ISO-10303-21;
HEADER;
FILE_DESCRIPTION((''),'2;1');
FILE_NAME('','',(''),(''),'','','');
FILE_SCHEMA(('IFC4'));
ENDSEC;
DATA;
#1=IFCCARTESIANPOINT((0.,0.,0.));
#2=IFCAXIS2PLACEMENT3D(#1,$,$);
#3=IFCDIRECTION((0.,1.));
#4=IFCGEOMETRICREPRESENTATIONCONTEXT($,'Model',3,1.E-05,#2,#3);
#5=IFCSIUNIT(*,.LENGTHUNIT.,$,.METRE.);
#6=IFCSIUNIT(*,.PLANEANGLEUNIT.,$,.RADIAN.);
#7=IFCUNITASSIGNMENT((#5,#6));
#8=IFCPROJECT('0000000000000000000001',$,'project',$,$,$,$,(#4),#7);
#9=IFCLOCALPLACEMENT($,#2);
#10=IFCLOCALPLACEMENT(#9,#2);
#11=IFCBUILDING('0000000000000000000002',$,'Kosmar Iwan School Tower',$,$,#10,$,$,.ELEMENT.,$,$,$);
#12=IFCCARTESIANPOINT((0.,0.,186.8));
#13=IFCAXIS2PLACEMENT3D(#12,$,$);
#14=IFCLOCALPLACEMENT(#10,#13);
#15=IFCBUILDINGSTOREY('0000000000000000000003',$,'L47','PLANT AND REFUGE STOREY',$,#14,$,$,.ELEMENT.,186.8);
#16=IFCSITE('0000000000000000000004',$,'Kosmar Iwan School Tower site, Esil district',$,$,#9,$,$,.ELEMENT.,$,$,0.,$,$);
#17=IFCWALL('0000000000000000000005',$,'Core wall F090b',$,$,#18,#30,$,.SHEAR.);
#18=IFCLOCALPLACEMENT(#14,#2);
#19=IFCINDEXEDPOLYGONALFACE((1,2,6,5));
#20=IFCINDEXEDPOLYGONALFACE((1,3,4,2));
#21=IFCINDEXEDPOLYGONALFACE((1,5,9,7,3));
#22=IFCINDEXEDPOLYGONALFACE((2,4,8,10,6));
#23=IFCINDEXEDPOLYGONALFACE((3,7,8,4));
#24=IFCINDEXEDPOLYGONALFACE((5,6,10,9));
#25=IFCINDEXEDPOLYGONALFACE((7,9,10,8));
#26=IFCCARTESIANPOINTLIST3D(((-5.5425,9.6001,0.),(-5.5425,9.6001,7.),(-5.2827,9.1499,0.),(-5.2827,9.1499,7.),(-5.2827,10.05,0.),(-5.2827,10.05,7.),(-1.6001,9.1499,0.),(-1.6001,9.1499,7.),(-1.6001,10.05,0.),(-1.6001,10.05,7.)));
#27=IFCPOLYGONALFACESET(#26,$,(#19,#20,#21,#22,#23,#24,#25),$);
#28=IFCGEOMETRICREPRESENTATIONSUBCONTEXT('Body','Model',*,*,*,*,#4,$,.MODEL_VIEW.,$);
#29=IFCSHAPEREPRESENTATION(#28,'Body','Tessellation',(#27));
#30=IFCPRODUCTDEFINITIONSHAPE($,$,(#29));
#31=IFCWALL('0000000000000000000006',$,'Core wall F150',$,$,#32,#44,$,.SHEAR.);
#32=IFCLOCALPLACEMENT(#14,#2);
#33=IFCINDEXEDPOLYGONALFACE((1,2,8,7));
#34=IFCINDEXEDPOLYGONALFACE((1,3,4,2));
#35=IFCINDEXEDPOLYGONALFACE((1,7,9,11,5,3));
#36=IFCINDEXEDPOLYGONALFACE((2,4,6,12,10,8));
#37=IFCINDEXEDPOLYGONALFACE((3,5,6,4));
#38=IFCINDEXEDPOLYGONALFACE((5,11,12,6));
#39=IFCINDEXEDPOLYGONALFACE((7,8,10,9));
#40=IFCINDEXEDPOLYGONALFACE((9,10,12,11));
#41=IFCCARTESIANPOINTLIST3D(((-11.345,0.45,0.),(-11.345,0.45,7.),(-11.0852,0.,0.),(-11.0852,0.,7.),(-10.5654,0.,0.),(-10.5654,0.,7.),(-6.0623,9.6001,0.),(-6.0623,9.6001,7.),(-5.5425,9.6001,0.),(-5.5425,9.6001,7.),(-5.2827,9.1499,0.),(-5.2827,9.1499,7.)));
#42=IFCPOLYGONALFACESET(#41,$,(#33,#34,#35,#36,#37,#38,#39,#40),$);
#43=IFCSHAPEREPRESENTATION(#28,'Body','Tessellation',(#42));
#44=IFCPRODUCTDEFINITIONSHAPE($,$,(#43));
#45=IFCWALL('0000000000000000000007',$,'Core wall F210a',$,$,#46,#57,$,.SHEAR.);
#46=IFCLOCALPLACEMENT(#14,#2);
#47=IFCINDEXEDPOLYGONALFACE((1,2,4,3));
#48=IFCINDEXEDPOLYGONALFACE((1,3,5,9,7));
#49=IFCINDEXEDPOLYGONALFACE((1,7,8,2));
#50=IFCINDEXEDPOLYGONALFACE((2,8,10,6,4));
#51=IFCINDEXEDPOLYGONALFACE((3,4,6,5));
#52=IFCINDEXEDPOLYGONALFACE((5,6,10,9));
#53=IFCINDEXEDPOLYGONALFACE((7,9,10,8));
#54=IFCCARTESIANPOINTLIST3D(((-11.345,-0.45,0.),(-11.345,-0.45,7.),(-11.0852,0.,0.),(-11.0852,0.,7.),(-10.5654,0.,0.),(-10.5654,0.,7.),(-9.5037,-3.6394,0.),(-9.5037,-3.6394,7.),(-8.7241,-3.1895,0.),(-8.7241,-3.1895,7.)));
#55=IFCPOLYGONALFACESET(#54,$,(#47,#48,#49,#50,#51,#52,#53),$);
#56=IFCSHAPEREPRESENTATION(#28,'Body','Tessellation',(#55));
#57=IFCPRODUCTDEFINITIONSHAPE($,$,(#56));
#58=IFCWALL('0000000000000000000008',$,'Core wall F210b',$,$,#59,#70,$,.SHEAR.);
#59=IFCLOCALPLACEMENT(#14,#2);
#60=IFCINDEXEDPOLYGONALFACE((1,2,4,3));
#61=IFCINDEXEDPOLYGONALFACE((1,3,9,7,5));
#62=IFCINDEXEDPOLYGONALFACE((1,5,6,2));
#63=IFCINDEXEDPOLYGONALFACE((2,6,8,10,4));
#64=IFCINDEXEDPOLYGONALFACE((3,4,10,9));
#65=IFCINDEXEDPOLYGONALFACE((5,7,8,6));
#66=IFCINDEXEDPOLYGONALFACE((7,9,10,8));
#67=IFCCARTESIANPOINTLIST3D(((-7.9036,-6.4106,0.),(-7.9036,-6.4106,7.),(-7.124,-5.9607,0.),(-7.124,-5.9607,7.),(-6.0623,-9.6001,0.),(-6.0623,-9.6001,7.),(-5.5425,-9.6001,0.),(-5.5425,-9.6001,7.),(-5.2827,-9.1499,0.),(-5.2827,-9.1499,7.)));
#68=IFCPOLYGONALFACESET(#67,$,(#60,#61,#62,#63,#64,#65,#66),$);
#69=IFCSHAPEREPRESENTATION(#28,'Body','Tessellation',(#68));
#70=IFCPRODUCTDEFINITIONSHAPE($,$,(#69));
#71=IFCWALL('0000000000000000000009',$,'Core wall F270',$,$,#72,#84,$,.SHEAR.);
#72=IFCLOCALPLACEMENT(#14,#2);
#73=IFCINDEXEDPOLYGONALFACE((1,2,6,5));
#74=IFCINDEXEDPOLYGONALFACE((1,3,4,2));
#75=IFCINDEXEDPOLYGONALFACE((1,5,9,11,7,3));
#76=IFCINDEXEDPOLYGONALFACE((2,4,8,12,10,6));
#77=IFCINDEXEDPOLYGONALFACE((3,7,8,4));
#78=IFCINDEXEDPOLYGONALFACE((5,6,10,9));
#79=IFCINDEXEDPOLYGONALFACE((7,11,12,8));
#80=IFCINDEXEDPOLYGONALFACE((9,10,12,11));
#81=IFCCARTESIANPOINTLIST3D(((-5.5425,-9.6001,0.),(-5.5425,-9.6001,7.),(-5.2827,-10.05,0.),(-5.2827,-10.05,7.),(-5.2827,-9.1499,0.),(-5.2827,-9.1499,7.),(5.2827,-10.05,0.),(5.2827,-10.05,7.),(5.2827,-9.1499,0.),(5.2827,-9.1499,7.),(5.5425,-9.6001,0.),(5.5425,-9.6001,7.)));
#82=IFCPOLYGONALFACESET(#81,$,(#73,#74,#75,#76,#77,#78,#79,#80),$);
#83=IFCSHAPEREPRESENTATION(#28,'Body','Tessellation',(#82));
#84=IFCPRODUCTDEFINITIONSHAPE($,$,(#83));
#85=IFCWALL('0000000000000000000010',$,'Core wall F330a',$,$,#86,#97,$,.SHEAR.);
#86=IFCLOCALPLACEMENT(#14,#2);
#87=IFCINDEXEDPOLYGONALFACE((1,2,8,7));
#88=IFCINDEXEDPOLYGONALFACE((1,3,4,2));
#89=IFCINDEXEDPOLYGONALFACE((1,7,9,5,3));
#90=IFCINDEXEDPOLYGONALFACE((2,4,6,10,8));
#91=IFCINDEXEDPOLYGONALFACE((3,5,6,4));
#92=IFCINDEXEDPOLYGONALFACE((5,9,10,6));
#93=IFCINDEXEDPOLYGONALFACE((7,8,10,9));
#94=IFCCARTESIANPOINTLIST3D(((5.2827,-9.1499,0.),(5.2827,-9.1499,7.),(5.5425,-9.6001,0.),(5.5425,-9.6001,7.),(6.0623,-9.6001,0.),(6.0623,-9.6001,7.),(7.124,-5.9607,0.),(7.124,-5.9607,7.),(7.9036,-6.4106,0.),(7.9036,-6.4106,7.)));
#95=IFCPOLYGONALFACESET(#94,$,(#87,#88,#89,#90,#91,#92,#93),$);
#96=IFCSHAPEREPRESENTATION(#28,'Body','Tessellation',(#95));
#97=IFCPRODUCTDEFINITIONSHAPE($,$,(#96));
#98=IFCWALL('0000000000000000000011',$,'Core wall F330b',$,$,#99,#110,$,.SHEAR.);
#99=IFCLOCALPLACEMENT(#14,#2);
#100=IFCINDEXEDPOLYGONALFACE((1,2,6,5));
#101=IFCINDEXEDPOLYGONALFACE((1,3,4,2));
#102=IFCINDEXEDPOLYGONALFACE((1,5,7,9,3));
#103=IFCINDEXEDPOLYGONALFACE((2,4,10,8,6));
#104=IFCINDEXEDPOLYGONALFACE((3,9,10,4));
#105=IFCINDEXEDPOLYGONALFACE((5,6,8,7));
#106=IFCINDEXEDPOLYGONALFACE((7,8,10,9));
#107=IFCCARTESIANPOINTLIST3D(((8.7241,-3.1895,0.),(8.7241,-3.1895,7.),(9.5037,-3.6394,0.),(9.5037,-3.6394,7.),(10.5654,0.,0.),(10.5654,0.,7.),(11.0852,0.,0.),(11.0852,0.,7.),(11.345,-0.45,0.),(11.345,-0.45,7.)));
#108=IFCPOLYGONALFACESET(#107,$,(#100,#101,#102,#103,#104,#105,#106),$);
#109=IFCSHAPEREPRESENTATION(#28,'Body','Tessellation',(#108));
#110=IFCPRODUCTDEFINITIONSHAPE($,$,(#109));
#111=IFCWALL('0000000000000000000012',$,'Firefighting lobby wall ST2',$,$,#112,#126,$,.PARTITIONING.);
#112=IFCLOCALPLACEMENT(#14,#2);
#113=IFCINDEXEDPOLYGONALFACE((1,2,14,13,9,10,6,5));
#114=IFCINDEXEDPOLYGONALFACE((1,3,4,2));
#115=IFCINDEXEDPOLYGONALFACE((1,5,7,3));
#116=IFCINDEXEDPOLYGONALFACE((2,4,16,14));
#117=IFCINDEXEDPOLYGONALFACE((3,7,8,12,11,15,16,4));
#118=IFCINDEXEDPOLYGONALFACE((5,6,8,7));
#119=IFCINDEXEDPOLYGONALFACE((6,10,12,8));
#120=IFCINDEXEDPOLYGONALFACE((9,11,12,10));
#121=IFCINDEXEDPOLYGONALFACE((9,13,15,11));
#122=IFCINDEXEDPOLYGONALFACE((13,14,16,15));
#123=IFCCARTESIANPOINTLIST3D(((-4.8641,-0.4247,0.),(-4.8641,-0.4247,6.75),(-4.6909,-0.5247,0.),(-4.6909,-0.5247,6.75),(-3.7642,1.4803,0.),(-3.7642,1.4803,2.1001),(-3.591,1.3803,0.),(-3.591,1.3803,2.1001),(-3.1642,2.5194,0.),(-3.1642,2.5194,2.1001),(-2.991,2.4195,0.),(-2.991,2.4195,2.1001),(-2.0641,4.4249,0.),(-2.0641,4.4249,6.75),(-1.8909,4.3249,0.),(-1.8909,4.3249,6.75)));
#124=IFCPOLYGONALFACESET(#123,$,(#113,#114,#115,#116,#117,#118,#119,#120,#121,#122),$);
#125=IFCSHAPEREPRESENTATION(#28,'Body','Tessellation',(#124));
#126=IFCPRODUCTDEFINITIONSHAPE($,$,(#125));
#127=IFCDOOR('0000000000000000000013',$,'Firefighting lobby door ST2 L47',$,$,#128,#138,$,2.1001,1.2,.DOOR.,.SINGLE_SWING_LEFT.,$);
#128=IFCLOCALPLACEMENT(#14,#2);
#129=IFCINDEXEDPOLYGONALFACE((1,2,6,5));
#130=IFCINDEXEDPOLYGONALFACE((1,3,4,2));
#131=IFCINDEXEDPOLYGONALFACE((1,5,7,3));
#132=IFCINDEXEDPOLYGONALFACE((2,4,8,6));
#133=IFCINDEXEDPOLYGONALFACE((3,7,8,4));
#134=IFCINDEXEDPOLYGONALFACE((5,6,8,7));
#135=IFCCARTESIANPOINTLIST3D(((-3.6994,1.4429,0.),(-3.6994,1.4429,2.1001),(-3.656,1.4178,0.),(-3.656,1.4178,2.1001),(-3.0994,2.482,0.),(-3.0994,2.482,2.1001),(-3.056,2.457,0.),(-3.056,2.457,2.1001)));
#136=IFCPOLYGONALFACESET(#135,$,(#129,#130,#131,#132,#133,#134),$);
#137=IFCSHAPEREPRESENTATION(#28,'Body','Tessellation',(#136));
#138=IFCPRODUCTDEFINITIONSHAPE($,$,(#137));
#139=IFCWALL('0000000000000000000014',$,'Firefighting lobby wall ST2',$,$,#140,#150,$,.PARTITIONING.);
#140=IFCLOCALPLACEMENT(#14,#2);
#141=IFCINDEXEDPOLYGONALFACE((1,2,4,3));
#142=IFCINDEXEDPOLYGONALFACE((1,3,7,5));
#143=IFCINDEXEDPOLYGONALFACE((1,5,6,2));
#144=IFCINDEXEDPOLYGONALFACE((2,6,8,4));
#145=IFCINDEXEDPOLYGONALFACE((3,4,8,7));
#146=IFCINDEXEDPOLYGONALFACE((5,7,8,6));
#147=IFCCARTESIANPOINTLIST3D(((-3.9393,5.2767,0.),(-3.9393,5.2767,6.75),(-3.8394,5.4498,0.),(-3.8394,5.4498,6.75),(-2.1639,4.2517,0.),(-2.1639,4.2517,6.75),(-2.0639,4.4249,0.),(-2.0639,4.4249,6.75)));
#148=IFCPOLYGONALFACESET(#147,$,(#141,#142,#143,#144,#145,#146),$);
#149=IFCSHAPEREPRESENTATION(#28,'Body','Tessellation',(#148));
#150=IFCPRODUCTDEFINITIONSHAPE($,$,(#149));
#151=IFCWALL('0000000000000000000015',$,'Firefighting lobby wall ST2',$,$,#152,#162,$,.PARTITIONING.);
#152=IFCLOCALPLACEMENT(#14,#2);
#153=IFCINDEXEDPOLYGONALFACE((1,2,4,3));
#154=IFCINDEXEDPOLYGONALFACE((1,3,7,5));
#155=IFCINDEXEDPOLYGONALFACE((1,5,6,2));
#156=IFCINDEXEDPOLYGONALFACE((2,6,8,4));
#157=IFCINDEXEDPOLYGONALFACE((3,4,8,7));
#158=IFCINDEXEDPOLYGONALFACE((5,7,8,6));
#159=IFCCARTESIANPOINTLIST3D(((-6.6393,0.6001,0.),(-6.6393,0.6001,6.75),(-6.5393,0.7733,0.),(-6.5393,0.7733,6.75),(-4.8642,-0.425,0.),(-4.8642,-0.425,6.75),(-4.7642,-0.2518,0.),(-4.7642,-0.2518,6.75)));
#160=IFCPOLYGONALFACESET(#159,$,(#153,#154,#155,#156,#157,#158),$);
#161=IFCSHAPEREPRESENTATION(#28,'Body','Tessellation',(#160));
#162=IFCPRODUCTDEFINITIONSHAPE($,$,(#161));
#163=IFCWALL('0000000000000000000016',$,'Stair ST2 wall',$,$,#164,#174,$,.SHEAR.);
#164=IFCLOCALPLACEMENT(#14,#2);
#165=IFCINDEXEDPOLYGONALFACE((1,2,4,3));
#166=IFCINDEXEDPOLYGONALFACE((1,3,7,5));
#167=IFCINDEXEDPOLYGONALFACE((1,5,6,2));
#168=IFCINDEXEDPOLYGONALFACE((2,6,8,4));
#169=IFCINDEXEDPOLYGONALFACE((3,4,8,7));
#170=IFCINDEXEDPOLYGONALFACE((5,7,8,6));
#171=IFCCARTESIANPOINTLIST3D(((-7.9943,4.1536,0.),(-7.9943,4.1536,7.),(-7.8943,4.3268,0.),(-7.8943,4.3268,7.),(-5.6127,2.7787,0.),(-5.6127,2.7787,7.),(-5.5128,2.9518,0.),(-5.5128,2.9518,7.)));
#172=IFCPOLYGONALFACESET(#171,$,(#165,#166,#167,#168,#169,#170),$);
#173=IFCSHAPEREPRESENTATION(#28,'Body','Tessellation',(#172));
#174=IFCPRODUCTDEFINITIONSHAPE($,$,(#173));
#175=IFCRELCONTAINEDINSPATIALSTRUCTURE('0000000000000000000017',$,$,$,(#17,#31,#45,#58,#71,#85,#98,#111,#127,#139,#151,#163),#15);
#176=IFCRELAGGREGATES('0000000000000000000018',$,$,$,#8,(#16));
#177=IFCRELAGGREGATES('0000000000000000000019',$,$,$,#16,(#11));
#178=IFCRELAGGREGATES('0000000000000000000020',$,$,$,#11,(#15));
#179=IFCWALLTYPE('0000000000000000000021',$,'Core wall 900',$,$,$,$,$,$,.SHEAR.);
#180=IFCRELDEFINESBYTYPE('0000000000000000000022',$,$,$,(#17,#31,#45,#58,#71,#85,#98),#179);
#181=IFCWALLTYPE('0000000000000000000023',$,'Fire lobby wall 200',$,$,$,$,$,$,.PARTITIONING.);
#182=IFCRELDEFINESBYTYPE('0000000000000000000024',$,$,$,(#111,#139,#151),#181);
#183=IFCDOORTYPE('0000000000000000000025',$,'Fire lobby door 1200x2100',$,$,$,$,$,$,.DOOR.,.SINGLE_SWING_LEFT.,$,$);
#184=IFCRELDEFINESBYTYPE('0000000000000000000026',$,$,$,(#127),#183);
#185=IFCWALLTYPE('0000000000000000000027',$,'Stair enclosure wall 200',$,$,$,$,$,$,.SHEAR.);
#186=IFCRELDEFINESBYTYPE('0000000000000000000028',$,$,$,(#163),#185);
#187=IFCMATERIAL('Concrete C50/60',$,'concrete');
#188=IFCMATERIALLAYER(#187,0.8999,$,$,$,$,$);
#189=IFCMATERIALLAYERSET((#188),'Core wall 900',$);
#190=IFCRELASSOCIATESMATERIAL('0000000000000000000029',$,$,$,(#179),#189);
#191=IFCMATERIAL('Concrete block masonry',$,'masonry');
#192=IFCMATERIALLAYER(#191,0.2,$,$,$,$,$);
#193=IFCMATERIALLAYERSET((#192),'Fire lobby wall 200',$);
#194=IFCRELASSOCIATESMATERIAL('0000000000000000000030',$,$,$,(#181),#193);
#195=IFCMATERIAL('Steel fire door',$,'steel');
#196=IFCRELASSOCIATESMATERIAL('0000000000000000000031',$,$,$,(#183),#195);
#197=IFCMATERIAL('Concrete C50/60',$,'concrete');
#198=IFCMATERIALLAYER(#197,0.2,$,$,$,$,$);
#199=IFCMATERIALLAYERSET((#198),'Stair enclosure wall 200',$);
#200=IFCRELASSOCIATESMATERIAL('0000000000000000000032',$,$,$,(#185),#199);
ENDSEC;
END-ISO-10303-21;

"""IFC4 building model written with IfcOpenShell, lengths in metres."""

from ifc_helpers import new_model, si_unit, direction, frame, frame_2d, origin, place, context, subcontext, project, spatial, polyline, rectangle, outline, extrude, material, layer, layer_set, type_object, element, fill, save


model = new_model("IFC4")

# Units and contexts
model_context = context("Model", 3, precision=1e-05, world=origin(), true_north=direction((0.0, 1.0)))
body_context = subcontext(model_context, "Body", "Model", "MODEL_VIEW")
ifc_project = project(units=[si_unit("LENGTHUNIT", "METRE"), si_unit("PLANEANGLEUNIT", "RADIAN")], contexts=[model_context])

# Site, building, storey
site_placement = place(None, origin())
site = spatial("IfcSite", under=ifc_project, at=site_placement, Name="Kosmar Iwan School Tower site, Esil district", CompositionType="ELEMENT", RefElevation=0.0)
building_placement = place(site_placement, origin())
building = spatial("IfcBuilding", under=site, at=building_placement, Name="Kosmar Iwan School Tower", CompositionType="ELEMENT")
storey_placement = place(building_placement, frame((0.0, 0.0, 186.8)))
storey = spatial("IfcBuildingStorey", under=building, at=storey_placement, Name="L47", Description="PLANT AND REFUGE STOREY", CompositionType="ELEMENT", Elevation=186.8)

# Walls
ifc_material_1 = material(Name="Concrete C50/60", Category="concrete")
ifc_layer_1 = layer(ifc_material_1, 0.8999)
ifc_layer_set_1 = layer_set([ifc_layer_1], Name="Core wall 900")
wall_type_1 = type_object("IfcWallType", Name="Core wall 900", PredefinedType="SHEAR", material=ifc_layer_set_1)
wall_1_placement = place(storey_placement, origin())
element("IfcWall", 1, at=wall_1_placement, inside=storey, type_object=wall_type_1, Name="Core wall F090b", PredefinedType="SHEAR", context=body_context, shape_type="SweptSolid", body=[
    extrude(outline(polyline([(-5.2827, 9.1499), (-1.6001, 9.1499), (-1.6001, 10.05), (-5.2827, 10.05), (-5.5425, 9.6001), (-5.2827, 9.1499)])), origin(), (0.0, 0.0, 1.0), 7.0),
])
wall_2_placement = place(storey_placement, origin())
element("IfcWall", 2, at=wall_2_placement, inside=storey, type_object=wall_type_1, Name="Core wall F150", PredefinedType="SHEAR", context=body_context, shape_type="SweptSolid", body=[
    extrude(outline(polyline([(-11.0852, 0.0), (-10.5654, 0.0), (-5.2827, 9.1499), (-5.5425, 9.6001), (-6.0623, 9.6001), (-11.345, 0.45), (-11.0852, 0.0)])), origin(), (0.0, 0.0, 1.0), 7.0),
])
wall_3_placement = place(storey_placement, origin())
element("IfcWall", 3, at=wall_3_placement, inside=storey, type_object=wall_type_1, Name="Core wall F210a", PredefinedType="SHEAR", context=body_context, shape_type="SweptSolid", body=[
    extrude(outline(polyline([(-9.5037, -3.6394), (-8.7241, -3.1895), (-10.5654, 0.0), (-11.0852, 0.0), (-11.345, -0.45), (-9.5037, -3.6394)])), origin(), (0.0, 0.0, 1.0), 7.0),
])
wall_4_placement = place(storey_placement, origin())
element("IfcWall", 4, at=wall_4_placement, inside=storey, type_object=wall_type_1, Name="Core wall F210b", PredefinedType="SHEAR", context=body_context, shape_type="SweptSolid", body=[
    extrude(outline(polyline([(-6.0623, -9.6001), (-5.5425, -9.6001), (-5.2827, -9.1499), (-7.124, -5.9607), (-7.9036, -6.4106), (-6.0623, -9.6001)])), origin(), (0.0, 0.0, 1.0), 7.0),
])
wall_5_placement = place(storey_placement, origin())
element("IfcWall", 5, at=wall_5_placement, inside=storey, type_object=wall_type_1, Name="Core wall F270", PredefinedType="SHEAR", context=body_context, shape_type="SweptSolid", body=[
    extrude(outline(polyline([(-5.2827, -10.05), (5.2827, -10.05), (5.5425, -9.6001), (5.2827, -9.1499), (-5.2827, -9.1499), (-5.5425, -9.6001), (-5.2827, -10.05)])), origin(), (0.0, 0.0, 1.0), 7.0),
])
wall_6_placement = place(storey_placement, origin())
element("IfcWall", 6, at=wall_6_placement, inside=storey, type_object=wall_type_1, Name="Core wall F330a", PredefinedType="SHEAR", context=body_context, shape_type="SweptSolid", body=[
    extrude(outline(polyline([(5.5425, -9.6001), (6.0623, -9.6001), (7.9036, -6.4106), (7.124, -5.9607), (5.2827, -9.1499), (5.5425, -9.6001)])), origin(), (0.0, 0.0, 1.0), 7.0),
])
wall_7_placement = place(storey_placement, origin())
element("IfcWall", 7, at=wall_7_placement, inside=storey, type_object=wall_type_1, Name="Core wall F330b", PredefinedType="SHEAR", context=body_context, shape_type="SweptSolid", body=[
    extrude(outline(polyline([(9.5037, -3.6394), (11.345, -0.45), (11.0852, 0.0), (10.5654, 0.0), (8.7241, -3.1895), (9.5037, -3.6394)])), origin(), (0.0, 0.0, 1.0), 7.0),
])

# Wall, opening, door
ifc_material_2 = material(Name="Concrete block masonry", Category="masonry")
ifc_layer_2 = layer(ifc_material_2, 0.2)
ifc_layer_set_2 = layer_set([ifc_layer_2], Name="Fire lobby wall 200")
wall_type_2 = type_object("IfcWallType", Name="Fire lobby wall 200", PredefinedType="PARTITIONING", material=ifc_layer_set_2)
wall_8_placement = place(storey_placement, frame((-1.9775, 4.3748, 0.0), z_axis=(0.0, 0.0, 1.0), x_axis=(-0.500017, -0.866016, 0.0)))
wall_8 = element("IfcWall", 8, at=wall_8_placement, inside=storey, type_object=wall_type_2, Name="Firefighting lobby wall ST2", PredefinedType="PARTITIONING", context=body_context, shape_type="SweptSolid", body=[
    extrude(rectangle(XDim=5.5999, YDim=0.2, at=frame_2d((2.7998, 0.0))), origin(), (0.0, 0.0, 1.0), 6.75),
])
opening_placement = place(wall_8_placement, frame((2.2, 0.0, 0.0)))
opening = element("IfcOpeningElement", 9, at=opening_placement, cuts=wall_8, PredefinedType="OPENING", context=body_context, shape_type="SweptSolid", body=[
    extrude(rectangle(XDim=1.2, YDim=2.1001, at=frame_2d((0.6001, 1.05))), frame((0.0, 0.1121, 0.0), z_axis=(0.0, -1.0, 0.0), x_axis=(1.0, 0.0, 0.0)), (0.0, 0.0, 1.0), 0.2239),
])
ifc_material_3 = material(Name="Steel fire door", Category="steel")
door_type = type_object("IfcDoorType", Name="Fire lobby door 1200x2100", OperationType="SINGLE_SWING_LEFT", PredefinedType="DOOR", material=ifc_material_3)
door_placement = place(opening_placement, origin())
door = element("IfcDoor", 10, at=door_placement, inside=storey, type_object=door_type, Name="Firefighting lobby door ST2 L47", OperationType="SINGLE_SWING_LEFT", OverallHeight=2.1001, OverallWidth=1.2, PredefinedType="DOOR", context=body_context, shape_type="SweptSolid", body=[
    extrude(rectangle(XDim=1.2, YDim=2.1001, at=frame_2d((0.6001, 1.05))), frame((0.0, 0.0249, 0.0), z_axis=(0.0, -1.0, 0.0), x_axis=(1.0, 0.0, 0.0)), (0.0, 0.0, 1.0), 0.05),
])
fill(opening, door)

# Walls
wall_9_placement = place(storey_placement, frame((-2.114, 4.3384, 0.0), z_axis=(0.0, 0.0, 1.0), x_axis=(-0.866051, 0.499956, 0.0)))
element("IfcWall", 11, at=wall_9_placement, inside=storey, type_object=wall_type_2, Name="Firefighting lobby wall ST2", PredefinedType="PARTITIONING", context=body_context, shape_type="SweptSolid", body=[
    extrude(rectangle(XDim=2.05, YDim=0.2, at=frame_2d((1.0249, 0.0))), origin(), (0.0, 0.0, 1.0), 6.75),
])
wall_10_placement = place(storey_placement, frame((-4.8142, -0.3384, 0.0), z_axis=(0.0, 0.0, 1.0), x_axis=(-0.865969, 0.500097, 0.0)))
element("IfcWall", 12, at=wall_10_placement, inside=storey, type_object=wall_type_2, Name="Firefighting lobby wall ST2", PredefinedType="PARTITIONING", context=body_context, shape_type="SweptSolid", body=[
    extrude(rectangle(XDim=2.0498, YDim=0.2, at=frame_2d((1.0249, 0.0))), origin(), (0.0, 0.0, 1.0), 6.75),
])
ifc_material_4 = material(Name="Concrete C50/60", Category="concrete")
ifc_layer_3 = layer(ifc_material_4, 0.2)
ifc_layer_set_3 = layer_set([ifc_layer_3], Name="Stair enclosure wall 200")
wall_type_3 = type_object("IfcWallType", Name="Stair enclosure wall 200", PredefinedType="SHEAR", material=ifc_layer_set_3)
wall_11_placement = place(storey_placement, frame((-5.5627, 2.8652, 0.0), z_axis=(0.0, 0.0, 1.0), x_axis=(-0.866027, 0.499997, 0.0)))
element("IfcWall", 13, at=wall_11_placement, inside=storey, type_object=wall_type_3, Name="Stair ST2 wall", PredefinedType="SHEAR", context=body_context, shape_type="SweptSolid", body=[
    extrude(rectangle(XDim=2.75, YDim=0.2, at=frame_2d((1.375, 0.0))), origin(), (0.0, 0.0, 1.0), 7.0),
])

save(model, "model.ifc")
